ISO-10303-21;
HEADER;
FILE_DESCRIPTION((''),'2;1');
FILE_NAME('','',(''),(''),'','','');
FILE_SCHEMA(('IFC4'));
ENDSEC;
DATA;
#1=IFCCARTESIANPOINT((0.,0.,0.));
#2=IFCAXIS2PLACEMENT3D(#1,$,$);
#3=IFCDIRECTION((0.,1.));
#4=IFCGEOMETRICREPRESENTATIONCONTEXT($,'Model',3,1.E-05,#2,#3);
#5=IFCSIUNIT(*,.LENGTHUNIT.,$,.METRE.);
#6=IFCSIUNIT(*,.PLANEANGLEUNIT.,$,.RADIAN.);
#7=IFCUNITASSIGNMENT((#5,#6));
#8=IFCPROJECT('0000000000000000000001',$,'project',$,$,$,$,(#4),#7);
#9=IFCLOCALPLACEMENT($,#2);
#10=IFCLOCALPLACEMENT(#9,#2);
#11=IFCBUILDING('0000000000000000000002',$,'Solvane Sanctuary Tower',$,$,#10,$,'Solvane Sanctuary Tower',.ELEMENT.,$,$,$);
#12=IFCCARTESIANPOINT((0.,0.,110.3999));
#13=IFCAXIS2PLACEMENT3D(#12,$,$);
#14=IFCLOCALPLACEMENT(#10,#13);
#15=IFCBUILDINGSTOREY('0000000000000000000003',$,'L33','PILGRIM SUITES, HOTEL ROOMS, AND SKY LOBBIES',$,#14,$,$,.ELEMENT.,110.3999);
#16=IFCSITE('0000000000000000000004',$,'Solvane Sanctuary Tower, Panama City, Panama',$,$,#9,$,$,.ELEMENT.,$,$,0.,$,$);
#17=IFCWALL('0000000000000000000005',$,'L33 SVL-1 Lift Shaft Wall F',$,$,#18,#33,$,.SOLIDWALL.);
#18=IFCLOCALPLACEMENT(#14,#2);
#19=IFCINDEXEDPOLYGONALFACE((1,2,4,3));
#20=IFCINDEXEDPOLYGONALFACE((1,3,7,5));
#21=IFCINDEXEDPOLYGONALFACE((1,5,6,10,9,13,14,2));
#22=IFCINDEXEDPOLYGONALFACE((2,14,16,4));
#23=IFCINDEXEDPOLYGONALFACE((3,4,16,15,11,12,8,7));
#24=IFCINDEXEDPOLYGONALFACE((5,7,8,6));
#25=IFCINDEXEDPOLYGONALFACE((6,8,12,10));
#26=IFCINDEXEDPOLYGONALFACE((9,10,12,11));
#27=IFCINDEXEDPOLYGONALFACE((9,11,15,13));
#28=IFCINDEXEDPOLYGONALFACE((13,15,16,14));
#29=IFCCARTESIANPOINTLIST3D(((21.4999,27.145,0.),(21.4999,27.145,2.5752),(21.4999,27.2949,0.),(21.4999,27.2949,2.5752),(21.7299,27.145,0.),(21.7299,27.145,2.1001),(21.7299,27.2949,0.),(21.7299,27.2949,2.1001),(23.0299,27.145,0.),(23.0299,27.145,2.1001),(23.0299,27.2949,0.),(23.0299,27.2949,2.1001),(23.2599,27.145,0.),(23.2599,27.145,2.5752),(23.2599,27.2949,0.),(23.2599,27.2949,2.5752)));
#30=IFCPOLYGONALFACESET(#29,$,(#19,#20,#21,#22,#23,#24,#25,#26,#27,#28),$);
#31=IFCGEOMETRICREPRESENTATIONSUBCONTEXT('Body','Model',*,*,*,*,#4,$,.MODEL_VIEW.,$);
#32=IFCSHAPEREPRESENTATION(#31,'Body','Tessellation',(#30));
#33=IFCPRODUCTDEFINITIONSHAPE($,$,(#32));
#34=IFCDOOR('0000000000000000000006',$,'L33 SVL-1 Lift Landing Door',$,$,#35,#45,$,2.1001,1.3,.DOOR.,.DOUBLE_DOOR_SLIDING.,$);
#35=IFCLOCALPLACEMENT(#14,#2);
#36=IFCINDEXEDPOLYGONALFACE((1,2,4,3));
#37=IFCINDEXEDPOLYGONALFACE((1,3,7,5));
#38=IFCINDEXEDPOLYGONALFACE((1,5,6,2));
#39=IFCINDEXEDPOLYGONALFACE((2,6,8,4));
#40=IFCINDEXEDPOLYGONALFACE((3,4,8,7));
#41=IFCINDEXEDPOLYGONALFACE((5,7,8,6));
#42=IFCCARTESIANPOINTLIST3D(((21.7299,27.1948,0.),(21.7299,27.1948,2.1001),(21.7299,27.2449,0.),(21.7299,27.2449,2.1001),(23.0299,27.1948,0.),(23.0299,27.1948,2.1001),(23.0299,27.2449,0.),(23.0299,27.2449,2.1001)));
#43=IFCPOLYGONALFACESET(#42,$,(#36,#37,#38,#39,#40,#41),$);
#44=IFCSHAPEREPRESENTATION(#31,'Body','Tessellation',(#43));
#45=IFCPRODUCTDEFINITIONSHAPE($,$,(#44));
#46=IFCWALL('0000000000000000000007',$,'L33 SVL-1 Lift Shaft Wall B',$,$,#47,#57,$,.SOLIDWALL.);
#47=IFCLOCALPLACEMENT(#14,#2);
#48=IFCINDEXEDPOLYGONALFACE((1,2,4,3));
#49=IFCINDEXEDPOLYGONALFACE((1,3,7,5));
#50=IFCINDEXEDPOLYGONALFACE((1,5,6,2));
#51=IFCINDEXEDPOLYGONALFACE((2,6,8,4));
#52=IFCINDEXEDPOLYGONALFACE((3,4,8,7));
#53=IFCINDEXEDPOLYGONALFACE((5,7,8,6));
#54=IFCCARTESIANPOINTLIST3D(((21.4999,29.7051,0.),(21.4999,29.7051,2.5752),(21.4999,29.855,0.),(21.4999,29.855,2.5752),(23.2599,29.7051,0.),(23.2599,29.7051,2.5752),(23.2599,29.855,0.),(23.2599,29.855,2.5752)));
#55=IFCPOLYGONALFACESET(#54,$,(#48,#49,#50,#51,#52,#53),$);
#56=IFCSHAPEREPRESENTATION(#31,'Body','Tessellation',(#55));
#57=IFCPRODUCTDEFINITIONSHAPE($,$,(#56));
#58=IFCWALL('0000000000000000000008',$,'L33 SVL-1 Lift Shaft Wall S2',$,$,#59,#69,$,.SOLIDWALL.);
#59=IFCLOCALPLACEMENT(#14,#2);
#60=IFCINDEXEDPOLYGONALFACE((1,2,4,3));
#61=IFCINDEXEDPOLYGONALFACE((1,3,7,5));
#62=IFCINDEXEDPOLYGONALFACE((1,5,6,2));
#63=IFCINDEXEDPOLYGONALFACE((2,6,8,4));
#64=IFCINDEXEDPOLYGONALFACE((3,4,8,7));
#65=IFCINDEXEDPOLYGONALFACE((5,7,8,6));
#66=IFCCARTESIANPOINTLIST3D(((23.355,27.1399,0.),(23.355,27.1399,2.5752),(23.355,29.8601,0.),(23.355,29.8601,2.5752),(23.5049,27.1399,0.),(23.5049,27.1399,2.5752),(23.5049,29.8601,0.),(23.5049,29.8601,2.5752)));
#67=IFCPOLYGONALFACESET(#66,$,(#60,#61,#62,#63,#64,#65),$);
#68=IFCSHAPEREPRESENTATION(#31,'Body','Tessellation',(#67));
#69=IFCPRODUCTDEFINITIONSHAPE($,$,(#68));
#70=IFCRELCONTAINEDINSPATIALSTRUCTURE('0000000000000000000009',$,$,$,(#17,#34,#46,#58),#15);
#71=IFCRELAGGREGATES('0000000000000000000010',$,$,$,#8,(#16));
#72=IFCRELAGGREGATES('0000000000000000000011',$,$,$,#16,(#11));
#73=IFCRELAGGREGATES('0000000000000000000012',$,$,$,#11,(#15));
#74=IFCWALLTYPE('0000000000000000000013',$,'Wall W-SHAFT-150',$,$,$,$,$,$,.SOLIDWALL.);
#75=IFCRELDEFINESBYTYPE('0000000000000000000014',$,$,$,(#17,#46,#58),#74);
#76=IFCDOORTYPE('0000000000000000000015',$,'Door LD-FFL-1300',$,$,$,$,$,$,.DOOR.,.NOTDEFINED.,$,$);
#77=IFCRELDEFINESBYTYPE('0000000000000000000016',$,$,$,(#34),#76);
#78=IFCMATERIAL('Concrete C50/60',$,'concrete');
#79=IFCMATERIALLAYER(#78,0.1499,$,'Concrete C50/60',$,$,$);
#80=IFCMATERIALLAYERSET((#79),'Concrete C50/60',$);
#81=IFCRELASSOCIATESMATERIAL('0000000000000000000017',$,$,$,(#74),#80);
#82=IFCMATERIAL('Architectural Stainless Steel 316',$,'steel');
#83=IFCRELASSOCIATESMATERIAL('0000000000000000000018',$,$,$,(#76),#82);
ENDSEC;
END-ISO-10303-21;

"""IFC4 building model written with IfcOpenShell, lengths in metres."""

from ifc_helpers import new_model, si_unit, direction, frame, frame_2d, origin, place, context, subcontext, project, spatial, rectangle, extrude, material, layer, layer_set, type_object, element, fill, save


model = new_model("IFC4")

# Units and contexts
model_context = context("Model", 3, precision=1e-05, world=origin(), true_north=direction((0.0, 1.0)))
body_context = subcontext(model_context, "Body", "Model", "MODEL_VIEW")
ifc_project = project(units=[si_unit("LENGTHUNIT", "METRE"), si_unit("PLANEANGLEUNIT", "RADIAN")], contexts=[model_context])

# Site, building, storey
site_placement = place(None, origin())
site = spatial("IfcSite", under=ifc_project, at=site_placement, Name="Solvane Sanctuary Tower, Panama City, Panama", CompositionType="ELEMENT", RefElevation=0.0)
building_placement = place(site_placement, origin())
building = spatial("IfcBuilding", under=site, at=building_placement, Name="Solvane Sanctuary Tower", LongName="Solvane Sanctuary Tower", CompositionType="ELEMENT")
storey_placement = place(building_placement, frame((0.0, 0.0, 110.3999)))
storey = spatial("IfcBuildingStorey", under=building, at=storey_placement, Name="L33", Description="PILGRIM SUITES, HOTEL ROOMS, AND SKY LOBBIES", CompositionType="ELEMENT", Elevation=110.3999)

# Shared definitions
ifc_material_1 = material(Name="Architectural Stainless Steel 316", Category="steel")

# Shared definitions
ifc_material_2 = material(Name="Concrete C50/60", Category="concrete")
ifc_layer_1 = layer(ifc_material_2, 0.1499, Name="Concrete C50/60")
ifc_layer_set_1 = layer_set([ifc_layer_1], Name="Concrete C50/60")
wall_type_1 = type_object("IfcWallType", Name="Wall W-SHAFT-150", PredefinedType="SOLIDWALL", material=ifc_layer_set_1)

# Wall, opening, door
wall_1_placement = place(storey_placement, frame((21.5, 27.22, 0.0), z_axis=(0.0, 0.0, 1.0), x_axis=(1.0, 0.0, 0.0)))
wall_1 = element("IfcWall", 1, at=wall_1_placement, inside=storey, type_object=wall_type_1, Name="L33 SVL-1 Lift Shaft Wall F", PredefinedType="SOLIDWALL", context=body_context, shape_type="SweptSolid", body=[
    extrude(rectangle(XDim=1.76, YDim=0.1499, at=frame_2d((0.8799, 0.0))), origin(), (0.0, 0.0, 1.0), 2.5752),
])
opening_1_placement = place(wall_1_placement, frame((0.23, 0.0, 0.0)))
opening_1 = element("IfcOpeningElement", 2, at=opening_1_placement, cuts=wall_1, PredefinedType="OPENING", context=body_context, shape_type="SweptSolid", body=[
    extrude(rectangle(XDim=1.3, YDim=2.1001, at=frame_2d((0.6499, 1.05))), frame((0.0, 0.085, 0.0), z_axis=(0.0, -1.0, 0.0), x_axis=(1.0, 0.0, 0.0)), (0.0, 0.0, 1.0), 0.1699),
])
door_type_1 = type_object("IfcDoorType", Name="Door LD-FFL-1300", OperationType="NOTDEFINED", PredefinedType="DOOR", material=ifc_material_1)
door_1_placement = place(opening_1_placement, origin())
door_1 = element("IfcDoor", 3, at=door_1_placement, inside=storey, type_object=door_type_1, Name="L33 SVL-1 Lift Landing Door", OperationType="DOUBLE_DOOR_SLIDING", OverallHeight=2.1001, OverallWidth=1.3, PredefinedType="DOOR", context=body_context, shape_type="SweptSolid", body=[
    extrude(rectangle(XDim=1.3, YDim=2.1001, at=frame_2d((0.6499, 1.05))), frame((0.0, 0.0249, 0.0), z_axis=(0.0, -1.0, 0.0), x_axis=(1.0, 0.0, 0.0)), (0.0, 0.0, 1.0), 0.05),
])
fill(opening_1, door_1)

# Walls
wall_2_placement = place(storey_placement, frame((21.5, 29.78, 0.0), z_axis=(0.0, 0.0, 1.0), x_axis=(1.0, 0.0, 0.0)))
element("IfcWall", 4, at=wall_2_placement, inside=storey, type_object=wall_type_1, Name="L33 SVL-1 Lift Shaft Wall B", PredefinedType="SOLIDWALL", context=body_context, shape_type="SweptSolid", body=[
    extrude(rectangle(XDim=1.76, YDim=0.1499, at=frame_2d((0.8799, 0.0))), origin(), (0.0, 0.0, 1.0), 2.5752),
])
wall_3_placement = place(storey_placement, frame((23.4299, 27.1399, 0.0), z_axis=(0.0, 0.0, 1.0), x_axis=(0.0, 1.0, 0.0)))
element("IfcWall", 5, at=wall_3_placement, inside=storey, type_object=wall_type_1, Name="L33 SVL-1 Lift Shaft Wall S2", PredefinedType="SOLIDWALL", context=body_context, shape_type="SweptSolid", body=[
    extrude(rectangle(XDim=2.7202, YDim=0.1499, at=frame_2d((1.3601, 0.0))), origin(), (0.0, 0.0, 1.0), 2.5752),
])

save(model, "model.ifc")
